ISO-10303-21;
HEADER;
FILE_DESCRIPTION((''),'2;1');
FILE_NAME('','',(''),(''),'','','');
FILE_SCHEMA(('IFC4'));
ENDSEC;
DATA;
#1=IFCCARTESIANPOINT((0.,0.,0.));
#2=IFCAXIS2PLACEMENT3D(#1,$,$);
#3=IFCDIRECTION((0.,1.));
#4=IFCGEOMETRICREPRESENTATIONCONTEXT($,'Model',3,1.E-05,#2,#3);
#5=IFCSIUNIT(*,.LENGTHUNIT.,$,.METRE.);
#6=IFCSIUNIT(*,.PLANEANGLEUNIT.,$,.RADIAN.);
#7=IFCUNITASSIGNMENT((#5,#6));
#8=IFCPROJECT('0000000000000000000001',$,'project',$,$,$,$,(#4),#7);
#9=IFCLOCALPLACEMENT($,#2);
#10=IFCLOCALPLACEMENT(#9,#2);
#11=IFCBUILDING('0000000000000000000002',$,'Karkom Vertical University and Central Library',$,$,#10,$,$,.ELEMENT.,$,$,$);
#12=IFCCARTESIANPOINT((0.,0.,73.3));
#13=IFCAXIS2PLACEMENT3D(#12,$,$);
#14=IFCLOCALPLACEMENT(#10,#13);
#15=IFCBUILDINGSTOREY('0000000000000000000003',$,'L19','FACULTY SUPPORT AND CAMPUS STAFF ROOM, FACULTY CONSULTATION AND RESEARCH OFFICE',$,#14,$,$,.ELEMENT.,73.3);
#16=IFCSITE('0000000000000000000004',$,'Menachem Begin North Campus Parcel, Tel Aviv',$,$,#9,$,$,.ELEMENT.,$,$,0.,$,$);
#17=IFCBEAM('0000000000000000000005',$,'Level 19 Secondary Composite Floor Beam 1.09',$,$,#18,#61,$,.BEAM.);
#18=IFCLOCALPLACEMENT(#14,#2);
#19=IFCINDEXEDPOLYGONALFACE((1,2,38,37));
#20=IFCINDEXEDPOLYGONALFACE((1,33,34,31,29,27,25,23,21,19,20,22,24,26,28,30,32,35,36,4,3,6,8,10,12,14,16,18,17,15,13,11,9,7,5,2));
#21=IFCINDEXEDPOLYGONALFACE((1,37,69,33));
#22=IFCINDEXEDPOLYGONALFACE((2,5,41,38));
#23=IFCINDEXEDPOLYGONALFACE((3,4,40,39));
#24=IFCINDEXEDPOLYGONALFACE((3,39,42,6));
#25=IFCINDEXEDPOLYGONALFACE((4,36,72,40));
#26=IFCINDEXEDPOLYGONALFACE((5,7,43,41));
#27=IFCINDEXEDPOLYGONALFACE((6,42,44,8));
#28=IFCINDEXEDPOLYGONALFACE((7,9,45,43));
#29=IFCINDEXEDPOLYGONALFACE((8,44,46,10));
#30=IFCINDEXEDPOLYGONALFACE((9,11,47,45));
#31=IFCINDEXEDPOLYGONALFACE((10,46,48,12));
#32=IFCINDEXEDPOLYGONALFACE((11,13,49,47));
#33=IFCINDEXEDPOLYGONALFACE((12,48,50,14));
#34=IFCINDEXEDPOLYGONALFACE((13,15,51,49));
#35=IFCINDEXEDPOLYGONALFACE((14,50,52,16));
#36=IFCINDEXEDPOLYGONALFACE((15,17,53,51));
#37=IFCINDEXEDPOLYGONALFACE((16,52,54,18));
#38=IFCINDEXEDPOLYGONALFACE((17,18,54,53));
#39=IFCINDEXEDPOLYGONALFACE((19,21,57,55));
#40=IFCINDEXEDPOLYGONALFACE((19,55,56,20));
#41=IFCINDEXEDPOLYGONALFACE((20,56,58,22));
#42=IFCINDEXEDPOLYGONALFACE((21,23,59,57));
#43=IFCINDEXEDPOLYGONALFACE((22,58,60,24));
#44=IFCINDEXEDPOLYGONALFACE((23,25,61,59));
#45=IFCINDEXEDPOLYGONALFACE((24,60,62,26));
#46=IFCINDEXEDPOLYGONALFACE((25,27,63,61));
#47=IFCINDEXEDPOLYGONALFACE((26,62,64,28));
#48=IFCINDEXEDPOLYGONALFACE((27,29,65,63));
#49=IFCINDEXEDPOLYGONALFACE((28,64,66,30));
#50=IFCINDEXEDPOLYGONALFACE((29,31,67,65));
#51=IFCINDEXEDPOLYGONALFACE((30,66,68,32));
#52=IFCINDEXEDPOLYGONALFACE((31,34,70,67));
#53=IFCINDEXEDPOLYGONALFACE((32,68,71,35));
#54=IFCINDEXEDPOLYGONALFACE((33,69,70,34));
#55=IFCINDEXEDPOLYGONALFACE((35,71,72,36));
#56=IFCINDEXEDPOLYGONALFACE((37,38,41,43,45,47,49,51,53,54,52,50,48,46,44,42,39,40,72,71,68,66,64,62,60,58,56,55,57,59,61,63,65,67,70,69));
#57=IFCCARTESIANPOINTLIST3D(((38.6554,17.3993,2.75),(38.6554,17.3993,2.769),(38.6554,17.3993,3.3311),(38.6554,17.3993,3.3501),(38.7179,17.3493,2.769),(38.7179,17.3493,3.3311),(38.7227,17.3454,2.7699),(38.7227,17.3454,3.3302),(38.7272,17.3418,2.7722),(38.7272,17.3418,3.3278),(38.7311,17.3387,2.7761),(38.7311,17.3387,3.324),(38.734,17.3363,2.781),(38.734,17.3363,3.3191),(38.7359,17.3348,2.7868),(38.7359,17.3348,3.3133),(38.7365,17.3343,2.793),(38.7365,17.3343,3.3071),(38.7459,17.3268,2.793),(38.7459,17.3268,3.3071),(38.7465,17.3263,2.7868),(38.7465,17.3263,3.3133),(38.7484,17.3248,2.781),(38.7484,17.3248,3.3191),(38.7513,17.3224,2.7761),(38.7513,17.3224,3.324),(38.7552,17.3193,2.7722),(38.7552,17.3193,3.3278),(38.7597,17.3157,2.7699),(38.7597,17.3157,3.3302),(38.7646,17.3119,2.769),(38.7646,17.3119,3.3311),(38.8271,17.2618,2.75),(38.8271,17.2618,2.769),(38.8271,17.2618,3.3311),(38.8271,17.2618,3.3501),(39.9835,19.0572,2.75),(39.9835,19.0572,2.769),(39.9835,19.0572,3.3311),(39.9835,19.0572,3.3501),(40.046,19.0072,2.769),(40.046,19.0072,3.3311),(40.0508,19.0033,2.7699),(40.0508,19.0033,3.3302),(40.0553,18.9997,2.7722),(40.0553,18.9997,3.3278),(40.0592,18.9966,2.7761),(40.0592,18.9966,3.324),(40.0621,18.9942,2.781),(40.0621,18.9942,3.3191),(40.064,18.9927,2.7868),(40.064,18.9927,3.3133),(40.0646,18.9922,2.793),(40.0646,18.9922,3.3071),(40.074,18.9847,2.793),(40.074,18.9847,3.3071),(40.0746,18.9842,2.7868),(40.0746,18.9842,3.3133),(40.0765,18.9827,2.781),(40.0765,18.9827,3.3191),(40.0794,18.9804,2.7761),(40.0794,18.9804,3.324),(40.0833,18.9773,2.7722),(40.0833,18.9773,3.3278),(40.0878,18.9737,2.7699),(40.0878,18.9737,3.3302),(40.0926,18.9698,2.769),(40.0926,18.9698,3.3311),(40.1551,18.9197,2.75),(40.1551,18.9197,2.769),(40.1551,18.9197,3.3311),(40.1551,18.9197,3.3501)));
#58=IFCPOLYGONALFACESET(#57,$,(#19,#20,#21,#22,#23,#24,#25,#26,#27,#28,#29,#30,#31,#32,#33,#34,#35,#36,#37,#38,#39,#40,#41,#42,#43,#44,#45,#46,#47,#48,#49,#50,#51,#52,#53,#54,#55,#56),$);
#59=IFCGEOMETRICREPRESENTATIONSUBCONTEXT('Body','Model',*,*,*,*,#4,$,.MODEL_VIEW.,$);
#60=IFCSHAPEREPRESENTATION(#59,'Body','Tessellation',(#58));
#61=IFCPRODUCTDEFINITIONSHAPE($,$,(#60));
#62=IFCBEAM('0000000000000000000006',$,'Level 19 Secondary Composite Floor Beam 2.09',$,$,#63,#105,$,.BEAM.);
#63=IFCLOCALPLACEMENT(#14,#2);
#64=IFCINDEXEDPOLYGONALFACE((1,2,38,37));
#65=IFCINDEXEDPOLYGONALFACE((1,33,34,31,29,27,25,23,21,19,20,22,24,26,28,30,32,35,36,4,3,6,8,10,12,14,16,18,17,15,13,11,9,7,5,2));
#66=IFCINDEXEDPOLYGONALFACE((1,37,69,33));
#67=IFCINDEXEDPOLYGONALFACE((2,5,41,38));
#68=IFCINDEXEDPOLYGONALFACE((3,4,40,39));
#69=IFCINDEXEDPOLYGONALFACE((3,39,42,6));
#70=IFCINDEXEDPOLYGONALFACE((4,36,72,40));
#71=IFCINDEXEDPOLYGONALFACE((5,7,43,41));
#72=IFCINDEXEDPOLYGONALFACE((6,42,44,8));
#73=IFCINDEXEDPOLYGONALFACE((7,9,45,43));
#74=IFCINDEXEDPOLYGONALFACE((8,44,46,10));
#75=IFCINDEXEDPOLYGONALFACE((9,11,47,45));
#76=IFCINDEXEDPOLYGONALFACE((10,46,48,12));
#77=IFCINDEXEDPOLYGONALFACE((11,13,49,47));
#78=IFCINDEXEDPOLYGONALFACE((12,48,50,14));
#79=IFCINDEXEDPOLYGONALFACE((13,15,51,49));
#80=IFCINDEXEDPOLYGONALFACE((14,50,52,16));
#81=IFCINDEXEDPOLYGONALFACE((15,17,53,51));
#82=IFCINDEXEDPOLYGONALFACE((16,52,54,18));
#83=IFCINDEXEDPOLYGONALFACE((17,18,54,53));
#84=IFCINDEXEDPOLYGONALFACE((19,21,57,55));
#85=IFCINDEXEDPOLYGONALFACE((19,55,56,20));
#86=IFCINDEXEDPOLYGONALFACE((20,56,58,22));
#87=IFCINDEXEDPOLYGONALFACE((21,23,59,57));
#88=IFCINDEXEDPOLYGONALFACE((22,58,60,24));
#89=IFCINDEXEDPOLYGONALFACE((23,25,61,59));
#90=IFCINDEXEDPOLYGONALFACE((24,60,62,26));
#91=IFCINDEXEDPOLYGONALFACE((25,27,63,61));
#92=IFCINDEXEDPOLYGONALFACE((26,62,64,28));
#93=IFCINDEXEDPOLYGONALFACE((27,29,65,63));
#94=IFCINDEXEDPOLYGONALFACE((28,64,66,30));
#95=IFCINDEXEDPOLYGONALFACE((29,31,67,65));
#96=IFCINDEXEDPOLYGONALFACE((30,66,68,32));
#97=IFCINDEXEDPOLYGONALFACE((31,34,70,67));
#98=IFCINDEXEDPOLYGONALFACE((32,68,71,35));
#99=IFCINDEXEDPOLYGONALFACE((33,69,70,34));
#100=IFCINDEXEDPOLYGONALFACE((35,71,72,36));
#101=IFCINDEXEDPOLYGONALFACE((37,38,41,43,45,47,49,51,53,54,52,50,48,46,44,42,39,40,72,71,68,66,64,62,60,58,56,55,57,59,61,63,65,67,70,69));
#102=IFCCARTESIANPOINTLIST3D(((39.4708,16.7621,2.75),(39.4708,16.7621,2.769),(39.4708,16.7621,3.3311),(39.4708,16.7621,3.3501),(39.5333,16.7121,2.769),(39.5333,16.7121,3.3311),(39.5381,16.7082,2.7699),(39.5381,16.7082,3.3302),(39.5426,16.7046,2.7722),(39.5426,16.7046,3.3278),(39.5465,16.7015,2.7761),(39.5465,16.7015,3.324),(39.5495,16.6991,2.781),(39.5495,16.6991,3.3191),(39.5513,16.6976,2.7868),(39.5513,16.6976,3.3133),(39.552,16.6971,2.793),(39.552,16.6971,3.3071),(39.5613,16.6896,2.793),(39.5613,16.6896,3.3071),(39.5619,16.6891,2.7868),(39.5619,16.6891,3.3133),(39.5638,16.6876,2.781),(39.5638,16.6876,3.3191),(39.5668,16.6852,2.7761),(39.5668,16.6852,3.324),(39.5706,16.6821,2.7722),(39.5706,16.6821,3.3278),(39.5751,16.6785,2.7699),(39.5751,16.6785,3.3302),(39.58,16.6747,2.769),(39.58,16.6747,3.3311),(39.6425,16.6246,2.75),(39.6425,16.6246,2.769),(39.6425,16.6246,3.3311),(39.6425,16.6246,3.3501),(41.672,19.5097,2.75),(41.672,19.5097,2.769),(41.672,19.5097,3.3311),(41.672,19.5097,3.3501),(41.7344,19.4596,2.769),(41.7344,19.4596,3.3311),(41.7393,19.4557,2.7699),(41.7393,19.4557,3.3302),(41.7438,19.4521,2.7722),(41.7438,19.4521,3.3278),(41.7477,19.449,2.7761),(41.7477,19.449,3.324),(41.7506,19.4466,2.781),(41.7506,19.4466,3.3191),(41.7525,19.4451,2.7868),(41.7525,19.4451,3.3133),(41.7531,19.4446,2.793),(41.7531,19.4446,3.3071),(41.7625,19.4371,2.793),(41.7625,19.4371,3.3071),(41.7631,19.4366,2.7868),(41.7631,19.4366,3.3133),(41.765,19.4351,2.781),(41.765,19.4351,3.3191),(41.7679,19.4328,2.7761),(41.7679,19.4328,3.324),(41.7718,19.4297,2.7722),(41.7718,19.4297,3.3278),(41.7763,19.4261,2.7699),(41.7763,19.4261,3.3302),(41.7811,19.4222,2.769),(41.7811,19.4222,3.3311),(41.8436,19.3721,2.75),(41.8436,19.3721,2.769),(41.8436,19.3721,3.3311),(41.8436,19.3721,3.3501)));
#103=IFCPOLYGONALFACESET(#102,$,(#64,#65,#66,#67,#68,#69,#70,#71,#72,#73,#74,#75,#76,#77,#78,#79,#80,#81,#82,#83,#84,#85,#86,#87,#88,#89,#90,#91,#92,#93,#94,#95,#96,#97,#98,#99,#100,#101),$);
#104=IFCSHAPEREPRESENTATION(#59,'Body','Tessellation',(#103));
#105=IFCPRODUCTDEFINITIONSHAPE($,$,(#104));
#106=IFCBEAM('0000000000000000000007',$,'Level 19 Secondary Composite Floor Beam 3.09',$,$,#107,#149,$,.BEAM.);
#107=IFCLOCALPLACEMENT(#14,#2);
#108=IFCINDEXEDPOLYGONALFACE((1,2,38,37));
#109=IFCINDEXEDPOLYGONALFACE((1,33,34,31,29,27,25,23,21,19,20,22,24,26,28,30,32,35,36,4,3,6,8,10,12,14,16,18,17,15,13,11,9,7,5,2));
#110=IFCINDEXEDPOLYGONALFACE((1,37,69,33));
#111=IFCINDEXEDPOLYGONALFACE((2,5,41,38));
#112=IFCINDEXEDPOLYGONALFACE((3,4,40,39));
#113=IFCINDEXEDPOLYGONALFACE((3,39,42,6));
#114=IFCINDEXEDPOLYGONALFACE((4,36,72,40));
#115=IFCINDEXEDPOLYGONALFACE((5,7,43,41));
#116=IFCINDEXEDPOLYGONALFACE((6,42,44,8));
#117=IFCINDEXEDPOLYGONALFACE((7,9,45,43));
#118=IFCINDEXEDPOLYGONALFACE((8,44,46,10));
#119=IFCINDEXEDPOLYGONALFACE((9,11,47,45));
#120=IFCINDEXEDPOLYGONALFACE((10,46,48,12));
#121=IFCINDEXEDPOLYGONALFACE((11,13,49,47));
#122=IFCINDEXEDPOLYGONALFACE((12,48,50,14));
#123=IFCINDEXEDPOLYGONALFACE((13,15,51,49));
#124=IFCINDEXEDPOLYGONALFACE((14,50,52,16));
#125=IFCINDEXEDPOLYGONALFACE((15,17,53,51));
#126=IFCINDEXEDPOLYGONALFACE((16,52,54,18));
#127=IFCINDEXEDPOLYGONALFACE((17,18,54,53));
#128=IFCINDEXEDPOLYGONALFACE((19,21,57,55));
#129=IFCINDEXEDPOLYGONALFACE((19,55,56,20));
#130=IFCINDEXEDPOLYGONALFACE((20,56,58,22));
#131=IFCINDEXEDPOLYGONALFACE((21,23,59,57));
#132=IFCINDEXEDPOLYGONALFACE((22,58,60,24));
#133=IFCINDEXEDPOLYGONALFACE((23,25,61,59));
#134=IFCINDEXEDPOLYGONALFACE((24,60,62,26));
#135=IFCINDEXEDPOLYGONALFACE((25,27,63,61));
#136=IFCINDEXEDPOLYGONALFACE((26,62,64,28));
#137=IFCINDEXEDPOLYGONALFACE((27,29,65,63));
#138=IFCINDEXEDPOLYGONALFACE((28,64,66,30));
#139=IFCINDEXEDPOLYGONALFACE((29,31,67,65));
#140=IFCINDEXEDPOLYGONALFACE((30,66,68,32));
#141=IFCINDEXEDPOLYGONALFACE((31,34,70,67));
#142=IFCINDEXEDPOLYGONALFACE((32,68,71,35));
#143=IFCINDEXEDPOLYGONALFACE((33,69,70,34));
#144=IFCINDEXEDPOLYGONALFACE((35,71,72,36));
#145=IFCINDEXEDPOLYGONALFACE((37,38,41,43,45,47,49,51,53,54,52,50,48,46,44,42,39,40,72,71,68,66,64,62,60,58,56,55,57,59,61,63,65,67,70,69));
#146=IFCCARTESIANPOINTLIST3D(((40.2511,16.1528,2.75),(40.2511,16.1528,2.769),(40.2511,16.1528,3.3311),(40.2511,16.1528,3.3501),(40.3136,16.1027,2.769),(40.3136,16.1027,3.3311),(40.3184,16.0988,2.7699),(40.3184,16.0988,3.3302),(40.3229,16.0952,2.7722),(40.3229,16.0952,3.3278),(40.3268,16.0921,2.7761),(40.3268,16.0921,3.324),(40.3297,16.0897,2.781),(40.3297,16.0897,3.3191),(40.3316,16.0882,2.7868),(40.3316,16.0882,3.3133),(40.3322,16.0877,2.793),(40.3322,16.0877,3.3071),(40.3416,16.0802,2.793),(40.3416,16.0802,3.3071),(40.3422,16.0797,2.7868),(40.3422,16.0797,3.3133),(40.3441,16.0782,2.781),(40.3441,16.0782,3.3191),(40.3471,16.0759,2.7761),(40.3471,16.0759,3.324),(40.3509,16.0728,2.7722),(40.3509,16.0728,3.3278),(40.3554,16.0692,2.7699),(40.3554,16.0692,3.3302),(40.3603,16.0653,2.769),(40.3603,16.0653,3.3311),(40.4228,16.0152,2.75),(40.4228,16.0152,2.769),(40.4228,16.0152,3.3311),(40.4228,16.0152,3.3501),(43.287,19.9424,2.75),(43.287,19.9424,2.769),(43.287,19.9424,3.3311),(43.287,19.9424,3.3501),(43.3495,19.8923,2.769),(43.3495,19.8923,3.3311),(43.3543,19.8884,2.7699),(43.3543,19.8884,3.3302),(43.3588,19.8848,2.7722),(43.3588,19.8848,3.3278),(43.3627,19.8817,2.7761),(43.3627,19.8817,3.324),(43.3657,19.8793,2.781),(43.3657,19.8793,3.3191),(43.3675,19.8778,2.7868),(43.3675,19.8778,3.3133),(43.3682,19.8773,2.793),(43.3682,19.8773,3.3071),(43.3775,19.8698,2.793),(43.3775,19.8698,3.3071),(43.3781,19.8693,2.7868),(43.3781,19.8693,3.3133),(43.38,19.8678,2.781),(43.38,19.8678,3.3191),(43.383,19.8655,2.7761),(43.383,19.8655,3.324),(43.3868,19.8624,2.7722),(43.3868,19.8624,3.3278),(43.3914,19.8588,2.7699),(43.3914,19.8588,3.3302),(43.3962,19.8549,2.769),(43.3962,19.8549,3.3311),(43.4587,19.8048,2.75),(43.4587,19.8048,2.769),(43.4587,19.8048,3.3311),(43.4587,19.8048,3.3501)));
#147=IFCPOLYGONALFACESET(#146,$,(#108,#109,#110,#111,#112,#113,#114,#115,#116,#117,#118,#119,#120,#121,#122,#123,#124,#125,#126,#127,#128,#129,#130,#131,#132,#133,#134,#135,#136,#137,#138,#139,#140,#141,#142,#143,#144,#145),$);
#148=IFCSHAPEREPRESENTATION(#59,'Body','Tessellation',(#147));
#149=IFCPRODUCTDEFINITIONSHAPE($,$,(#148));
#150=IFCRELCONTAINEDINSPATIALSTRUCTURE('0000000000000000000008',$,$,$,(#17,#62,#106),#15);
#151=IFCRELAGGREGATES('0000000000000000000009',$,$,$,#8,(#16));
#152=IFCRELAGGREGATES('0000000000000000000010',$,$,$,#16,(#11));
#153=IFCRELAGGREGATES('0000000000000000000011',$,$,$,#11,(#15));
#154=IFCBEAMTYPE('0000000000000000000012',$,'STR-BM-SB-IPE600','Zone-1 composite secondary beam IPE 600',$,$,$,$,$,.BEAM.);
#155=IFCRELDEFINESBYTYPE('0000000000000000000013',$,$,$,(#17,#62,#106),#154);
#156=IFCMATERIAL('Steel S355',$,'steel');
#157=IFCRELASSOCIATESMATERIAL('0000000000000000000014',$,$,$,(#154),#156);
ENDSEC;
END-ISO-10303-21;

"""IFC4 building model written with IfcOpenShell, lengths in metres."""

from ifc_helpers import new_model, si_unit, direction, frame, origin, origin_with_axes, origin_2d, place, context, subcontext, project, spatial, i_section, extrude, source, transform, mapped, material, material_profile, profile_set, type_object, element, save


model = new_model("IFC4")

# Units and contexts
model_context = context("Model", 3, precision=1e-05, world=origin(), true_north=direction((0.0, 1.0)))
body_context = subcontext(model_context, "Body", "Model", "MODEL_VIEW")
ifc_project = project(units=[si_unit("LENGTHUNIT", "METRE"), si_unit("PLANEANGLEUNIT", "RADIAN")], contexts=[model_context])

# Site, building, storey
site_placement = place(None, origin())
site = spatial("IfcSite", under=ifc_project, at=site_placement, Name="Menachem Begin North Campus Parcel, Tel Aviv", CompositionType="ELEMENT", RefElevation=0.0)
building_placement = place(site_placement, origin())
building = spatial("IfcBuilding", under=site, at=building_placement, Name="Karkom Vertical University and Central Library", CompositionType="ELEMENT")
storey_placement = place(building_placement, frame((0.0, 0.0, 73.3)))
storey = spatial("IfcBuildingStorey", under=building, at=storey_placement, Name="L19", Description="FACULTY SUPPORT AND CAMPUS STAFF ROOM, FACULTY CONSULTATION AND RESEARCH OFFICE", CompositionType="ELEMENT", Elevation=73.3)

# Beams
ifc_material_1 = material(Name="Steel S355", Category="steel")
ifc_material_profile_1 = material_profile(ifc_material_1, i_section(OverallWidth=0.22, OverallDepth=0.6001, WebThickness=0.012, FlangeThickness=0.019, FilletRadius=0.0239, at=origin_2d()), Name="IPE 600")
ifc_profile_set_1 = profile_set([ifc_material_profile_1], Name="Steel S355")
beam_type_1 = type_object("IfcBeamType", Name="STR-BM-SB-IPE600", Description="Zone-1 composite secondary beam IPE 600", PredefinedType="BEAM", material=ifc_profile_set_1)
shared_shape_1 = source(origin_with_axes(), body_context, "Body", "SweptSolid", [
    extrude(i_section(OverallWidth=0.22, OverallDepth=0.6001, WebThickness=0.012, FlangeThickness=0.019, FilletRadius=0.0239, at=origin_2d()), origin(), (0.0, 0.0, 1.0), 2.1243),
])
beam_1_placement = place(storey_placement, frame((38.7412, 17.3306, 3.05), z_axis=(0.625199, 0.780465, 0.0), x_axis=(-0.780465, 0.625199, 0.0)))
element("IfcBeam", 1, at=beam_1_placement, inside=storey, type_object=beam_type_1, Name="Level 19 Secondary Composite Floor Beam 1.09", PredefinedType="BEAM", context=body_context, shape_type="MappedRepresentation", body=[
    mapped(shared_shape_1, transform((0.0, 0.0, 0.0), scale=1.0)),
])
shared_shape_2 = source(origin_with_axes(), body_context, "Body", "SweptSolid", [
    extrude(i_section(OverallWidth=0.22, OverallDepth=0.6001, WebThickness=0.012, FlangeThickness=0.019, FilletRadius=0.0239, at=origin_2d()), origin(), (0.0, 0.0, 1.0), 3.5205),
])
beam_2_placement = place(storey_placement, frame((39.5566, 16.6934, 3.05), z_axis=(0.625236, 0.780436, 0.0), x_axis=(-0.780436, 0.625236, 0.0)))
element("IfcBeam", 2, at=beam_2_placement, inside=storey, type_object=beam_type_1, Name="Level 19 Secondary Composite Floor Beam 2.09", PredefinedType="BEAM", context=body_context, shape_type="MappedRepresentation", body=[
    mapped(shared_shape_2, transform((0.0, 0.0, 0.0), scale=1.0)),
])
shared_shape_3 = source(origin_with_axes(), body_context, "Body", "SweptSolid", [
    extrude(i_section(OverallWidth=0.22, OverallDepth=0.6001, WebThickness=0.012, FlangeThickness=0.019, FilletRadius=0.0239, at=origin_2d()), origin(), (0.0, 0.0, 1.0), 4.8557),
])
beam_3_placement = place(storey_placement, frame((40.3369, 16.084, 3.05), z_axis=(0.625228, 0.780442, 0.0), x_axis=(-0.780442, 0.625228, 0.0)))
element("IfcBeam", 3, at=beam_3_placement, inside=storey, type_object=beam_type_1, Name="Level 19 Secondary Composite Floor Beam 3.09", PredefinedType="BEAM", context=body_context, shape_type="MappedRepresentation", body=[
    mapped(shared_shape_3, transform((0.0, 0.0, 0.0), scale=1.0)),
])

save(model, "model.ifc")
